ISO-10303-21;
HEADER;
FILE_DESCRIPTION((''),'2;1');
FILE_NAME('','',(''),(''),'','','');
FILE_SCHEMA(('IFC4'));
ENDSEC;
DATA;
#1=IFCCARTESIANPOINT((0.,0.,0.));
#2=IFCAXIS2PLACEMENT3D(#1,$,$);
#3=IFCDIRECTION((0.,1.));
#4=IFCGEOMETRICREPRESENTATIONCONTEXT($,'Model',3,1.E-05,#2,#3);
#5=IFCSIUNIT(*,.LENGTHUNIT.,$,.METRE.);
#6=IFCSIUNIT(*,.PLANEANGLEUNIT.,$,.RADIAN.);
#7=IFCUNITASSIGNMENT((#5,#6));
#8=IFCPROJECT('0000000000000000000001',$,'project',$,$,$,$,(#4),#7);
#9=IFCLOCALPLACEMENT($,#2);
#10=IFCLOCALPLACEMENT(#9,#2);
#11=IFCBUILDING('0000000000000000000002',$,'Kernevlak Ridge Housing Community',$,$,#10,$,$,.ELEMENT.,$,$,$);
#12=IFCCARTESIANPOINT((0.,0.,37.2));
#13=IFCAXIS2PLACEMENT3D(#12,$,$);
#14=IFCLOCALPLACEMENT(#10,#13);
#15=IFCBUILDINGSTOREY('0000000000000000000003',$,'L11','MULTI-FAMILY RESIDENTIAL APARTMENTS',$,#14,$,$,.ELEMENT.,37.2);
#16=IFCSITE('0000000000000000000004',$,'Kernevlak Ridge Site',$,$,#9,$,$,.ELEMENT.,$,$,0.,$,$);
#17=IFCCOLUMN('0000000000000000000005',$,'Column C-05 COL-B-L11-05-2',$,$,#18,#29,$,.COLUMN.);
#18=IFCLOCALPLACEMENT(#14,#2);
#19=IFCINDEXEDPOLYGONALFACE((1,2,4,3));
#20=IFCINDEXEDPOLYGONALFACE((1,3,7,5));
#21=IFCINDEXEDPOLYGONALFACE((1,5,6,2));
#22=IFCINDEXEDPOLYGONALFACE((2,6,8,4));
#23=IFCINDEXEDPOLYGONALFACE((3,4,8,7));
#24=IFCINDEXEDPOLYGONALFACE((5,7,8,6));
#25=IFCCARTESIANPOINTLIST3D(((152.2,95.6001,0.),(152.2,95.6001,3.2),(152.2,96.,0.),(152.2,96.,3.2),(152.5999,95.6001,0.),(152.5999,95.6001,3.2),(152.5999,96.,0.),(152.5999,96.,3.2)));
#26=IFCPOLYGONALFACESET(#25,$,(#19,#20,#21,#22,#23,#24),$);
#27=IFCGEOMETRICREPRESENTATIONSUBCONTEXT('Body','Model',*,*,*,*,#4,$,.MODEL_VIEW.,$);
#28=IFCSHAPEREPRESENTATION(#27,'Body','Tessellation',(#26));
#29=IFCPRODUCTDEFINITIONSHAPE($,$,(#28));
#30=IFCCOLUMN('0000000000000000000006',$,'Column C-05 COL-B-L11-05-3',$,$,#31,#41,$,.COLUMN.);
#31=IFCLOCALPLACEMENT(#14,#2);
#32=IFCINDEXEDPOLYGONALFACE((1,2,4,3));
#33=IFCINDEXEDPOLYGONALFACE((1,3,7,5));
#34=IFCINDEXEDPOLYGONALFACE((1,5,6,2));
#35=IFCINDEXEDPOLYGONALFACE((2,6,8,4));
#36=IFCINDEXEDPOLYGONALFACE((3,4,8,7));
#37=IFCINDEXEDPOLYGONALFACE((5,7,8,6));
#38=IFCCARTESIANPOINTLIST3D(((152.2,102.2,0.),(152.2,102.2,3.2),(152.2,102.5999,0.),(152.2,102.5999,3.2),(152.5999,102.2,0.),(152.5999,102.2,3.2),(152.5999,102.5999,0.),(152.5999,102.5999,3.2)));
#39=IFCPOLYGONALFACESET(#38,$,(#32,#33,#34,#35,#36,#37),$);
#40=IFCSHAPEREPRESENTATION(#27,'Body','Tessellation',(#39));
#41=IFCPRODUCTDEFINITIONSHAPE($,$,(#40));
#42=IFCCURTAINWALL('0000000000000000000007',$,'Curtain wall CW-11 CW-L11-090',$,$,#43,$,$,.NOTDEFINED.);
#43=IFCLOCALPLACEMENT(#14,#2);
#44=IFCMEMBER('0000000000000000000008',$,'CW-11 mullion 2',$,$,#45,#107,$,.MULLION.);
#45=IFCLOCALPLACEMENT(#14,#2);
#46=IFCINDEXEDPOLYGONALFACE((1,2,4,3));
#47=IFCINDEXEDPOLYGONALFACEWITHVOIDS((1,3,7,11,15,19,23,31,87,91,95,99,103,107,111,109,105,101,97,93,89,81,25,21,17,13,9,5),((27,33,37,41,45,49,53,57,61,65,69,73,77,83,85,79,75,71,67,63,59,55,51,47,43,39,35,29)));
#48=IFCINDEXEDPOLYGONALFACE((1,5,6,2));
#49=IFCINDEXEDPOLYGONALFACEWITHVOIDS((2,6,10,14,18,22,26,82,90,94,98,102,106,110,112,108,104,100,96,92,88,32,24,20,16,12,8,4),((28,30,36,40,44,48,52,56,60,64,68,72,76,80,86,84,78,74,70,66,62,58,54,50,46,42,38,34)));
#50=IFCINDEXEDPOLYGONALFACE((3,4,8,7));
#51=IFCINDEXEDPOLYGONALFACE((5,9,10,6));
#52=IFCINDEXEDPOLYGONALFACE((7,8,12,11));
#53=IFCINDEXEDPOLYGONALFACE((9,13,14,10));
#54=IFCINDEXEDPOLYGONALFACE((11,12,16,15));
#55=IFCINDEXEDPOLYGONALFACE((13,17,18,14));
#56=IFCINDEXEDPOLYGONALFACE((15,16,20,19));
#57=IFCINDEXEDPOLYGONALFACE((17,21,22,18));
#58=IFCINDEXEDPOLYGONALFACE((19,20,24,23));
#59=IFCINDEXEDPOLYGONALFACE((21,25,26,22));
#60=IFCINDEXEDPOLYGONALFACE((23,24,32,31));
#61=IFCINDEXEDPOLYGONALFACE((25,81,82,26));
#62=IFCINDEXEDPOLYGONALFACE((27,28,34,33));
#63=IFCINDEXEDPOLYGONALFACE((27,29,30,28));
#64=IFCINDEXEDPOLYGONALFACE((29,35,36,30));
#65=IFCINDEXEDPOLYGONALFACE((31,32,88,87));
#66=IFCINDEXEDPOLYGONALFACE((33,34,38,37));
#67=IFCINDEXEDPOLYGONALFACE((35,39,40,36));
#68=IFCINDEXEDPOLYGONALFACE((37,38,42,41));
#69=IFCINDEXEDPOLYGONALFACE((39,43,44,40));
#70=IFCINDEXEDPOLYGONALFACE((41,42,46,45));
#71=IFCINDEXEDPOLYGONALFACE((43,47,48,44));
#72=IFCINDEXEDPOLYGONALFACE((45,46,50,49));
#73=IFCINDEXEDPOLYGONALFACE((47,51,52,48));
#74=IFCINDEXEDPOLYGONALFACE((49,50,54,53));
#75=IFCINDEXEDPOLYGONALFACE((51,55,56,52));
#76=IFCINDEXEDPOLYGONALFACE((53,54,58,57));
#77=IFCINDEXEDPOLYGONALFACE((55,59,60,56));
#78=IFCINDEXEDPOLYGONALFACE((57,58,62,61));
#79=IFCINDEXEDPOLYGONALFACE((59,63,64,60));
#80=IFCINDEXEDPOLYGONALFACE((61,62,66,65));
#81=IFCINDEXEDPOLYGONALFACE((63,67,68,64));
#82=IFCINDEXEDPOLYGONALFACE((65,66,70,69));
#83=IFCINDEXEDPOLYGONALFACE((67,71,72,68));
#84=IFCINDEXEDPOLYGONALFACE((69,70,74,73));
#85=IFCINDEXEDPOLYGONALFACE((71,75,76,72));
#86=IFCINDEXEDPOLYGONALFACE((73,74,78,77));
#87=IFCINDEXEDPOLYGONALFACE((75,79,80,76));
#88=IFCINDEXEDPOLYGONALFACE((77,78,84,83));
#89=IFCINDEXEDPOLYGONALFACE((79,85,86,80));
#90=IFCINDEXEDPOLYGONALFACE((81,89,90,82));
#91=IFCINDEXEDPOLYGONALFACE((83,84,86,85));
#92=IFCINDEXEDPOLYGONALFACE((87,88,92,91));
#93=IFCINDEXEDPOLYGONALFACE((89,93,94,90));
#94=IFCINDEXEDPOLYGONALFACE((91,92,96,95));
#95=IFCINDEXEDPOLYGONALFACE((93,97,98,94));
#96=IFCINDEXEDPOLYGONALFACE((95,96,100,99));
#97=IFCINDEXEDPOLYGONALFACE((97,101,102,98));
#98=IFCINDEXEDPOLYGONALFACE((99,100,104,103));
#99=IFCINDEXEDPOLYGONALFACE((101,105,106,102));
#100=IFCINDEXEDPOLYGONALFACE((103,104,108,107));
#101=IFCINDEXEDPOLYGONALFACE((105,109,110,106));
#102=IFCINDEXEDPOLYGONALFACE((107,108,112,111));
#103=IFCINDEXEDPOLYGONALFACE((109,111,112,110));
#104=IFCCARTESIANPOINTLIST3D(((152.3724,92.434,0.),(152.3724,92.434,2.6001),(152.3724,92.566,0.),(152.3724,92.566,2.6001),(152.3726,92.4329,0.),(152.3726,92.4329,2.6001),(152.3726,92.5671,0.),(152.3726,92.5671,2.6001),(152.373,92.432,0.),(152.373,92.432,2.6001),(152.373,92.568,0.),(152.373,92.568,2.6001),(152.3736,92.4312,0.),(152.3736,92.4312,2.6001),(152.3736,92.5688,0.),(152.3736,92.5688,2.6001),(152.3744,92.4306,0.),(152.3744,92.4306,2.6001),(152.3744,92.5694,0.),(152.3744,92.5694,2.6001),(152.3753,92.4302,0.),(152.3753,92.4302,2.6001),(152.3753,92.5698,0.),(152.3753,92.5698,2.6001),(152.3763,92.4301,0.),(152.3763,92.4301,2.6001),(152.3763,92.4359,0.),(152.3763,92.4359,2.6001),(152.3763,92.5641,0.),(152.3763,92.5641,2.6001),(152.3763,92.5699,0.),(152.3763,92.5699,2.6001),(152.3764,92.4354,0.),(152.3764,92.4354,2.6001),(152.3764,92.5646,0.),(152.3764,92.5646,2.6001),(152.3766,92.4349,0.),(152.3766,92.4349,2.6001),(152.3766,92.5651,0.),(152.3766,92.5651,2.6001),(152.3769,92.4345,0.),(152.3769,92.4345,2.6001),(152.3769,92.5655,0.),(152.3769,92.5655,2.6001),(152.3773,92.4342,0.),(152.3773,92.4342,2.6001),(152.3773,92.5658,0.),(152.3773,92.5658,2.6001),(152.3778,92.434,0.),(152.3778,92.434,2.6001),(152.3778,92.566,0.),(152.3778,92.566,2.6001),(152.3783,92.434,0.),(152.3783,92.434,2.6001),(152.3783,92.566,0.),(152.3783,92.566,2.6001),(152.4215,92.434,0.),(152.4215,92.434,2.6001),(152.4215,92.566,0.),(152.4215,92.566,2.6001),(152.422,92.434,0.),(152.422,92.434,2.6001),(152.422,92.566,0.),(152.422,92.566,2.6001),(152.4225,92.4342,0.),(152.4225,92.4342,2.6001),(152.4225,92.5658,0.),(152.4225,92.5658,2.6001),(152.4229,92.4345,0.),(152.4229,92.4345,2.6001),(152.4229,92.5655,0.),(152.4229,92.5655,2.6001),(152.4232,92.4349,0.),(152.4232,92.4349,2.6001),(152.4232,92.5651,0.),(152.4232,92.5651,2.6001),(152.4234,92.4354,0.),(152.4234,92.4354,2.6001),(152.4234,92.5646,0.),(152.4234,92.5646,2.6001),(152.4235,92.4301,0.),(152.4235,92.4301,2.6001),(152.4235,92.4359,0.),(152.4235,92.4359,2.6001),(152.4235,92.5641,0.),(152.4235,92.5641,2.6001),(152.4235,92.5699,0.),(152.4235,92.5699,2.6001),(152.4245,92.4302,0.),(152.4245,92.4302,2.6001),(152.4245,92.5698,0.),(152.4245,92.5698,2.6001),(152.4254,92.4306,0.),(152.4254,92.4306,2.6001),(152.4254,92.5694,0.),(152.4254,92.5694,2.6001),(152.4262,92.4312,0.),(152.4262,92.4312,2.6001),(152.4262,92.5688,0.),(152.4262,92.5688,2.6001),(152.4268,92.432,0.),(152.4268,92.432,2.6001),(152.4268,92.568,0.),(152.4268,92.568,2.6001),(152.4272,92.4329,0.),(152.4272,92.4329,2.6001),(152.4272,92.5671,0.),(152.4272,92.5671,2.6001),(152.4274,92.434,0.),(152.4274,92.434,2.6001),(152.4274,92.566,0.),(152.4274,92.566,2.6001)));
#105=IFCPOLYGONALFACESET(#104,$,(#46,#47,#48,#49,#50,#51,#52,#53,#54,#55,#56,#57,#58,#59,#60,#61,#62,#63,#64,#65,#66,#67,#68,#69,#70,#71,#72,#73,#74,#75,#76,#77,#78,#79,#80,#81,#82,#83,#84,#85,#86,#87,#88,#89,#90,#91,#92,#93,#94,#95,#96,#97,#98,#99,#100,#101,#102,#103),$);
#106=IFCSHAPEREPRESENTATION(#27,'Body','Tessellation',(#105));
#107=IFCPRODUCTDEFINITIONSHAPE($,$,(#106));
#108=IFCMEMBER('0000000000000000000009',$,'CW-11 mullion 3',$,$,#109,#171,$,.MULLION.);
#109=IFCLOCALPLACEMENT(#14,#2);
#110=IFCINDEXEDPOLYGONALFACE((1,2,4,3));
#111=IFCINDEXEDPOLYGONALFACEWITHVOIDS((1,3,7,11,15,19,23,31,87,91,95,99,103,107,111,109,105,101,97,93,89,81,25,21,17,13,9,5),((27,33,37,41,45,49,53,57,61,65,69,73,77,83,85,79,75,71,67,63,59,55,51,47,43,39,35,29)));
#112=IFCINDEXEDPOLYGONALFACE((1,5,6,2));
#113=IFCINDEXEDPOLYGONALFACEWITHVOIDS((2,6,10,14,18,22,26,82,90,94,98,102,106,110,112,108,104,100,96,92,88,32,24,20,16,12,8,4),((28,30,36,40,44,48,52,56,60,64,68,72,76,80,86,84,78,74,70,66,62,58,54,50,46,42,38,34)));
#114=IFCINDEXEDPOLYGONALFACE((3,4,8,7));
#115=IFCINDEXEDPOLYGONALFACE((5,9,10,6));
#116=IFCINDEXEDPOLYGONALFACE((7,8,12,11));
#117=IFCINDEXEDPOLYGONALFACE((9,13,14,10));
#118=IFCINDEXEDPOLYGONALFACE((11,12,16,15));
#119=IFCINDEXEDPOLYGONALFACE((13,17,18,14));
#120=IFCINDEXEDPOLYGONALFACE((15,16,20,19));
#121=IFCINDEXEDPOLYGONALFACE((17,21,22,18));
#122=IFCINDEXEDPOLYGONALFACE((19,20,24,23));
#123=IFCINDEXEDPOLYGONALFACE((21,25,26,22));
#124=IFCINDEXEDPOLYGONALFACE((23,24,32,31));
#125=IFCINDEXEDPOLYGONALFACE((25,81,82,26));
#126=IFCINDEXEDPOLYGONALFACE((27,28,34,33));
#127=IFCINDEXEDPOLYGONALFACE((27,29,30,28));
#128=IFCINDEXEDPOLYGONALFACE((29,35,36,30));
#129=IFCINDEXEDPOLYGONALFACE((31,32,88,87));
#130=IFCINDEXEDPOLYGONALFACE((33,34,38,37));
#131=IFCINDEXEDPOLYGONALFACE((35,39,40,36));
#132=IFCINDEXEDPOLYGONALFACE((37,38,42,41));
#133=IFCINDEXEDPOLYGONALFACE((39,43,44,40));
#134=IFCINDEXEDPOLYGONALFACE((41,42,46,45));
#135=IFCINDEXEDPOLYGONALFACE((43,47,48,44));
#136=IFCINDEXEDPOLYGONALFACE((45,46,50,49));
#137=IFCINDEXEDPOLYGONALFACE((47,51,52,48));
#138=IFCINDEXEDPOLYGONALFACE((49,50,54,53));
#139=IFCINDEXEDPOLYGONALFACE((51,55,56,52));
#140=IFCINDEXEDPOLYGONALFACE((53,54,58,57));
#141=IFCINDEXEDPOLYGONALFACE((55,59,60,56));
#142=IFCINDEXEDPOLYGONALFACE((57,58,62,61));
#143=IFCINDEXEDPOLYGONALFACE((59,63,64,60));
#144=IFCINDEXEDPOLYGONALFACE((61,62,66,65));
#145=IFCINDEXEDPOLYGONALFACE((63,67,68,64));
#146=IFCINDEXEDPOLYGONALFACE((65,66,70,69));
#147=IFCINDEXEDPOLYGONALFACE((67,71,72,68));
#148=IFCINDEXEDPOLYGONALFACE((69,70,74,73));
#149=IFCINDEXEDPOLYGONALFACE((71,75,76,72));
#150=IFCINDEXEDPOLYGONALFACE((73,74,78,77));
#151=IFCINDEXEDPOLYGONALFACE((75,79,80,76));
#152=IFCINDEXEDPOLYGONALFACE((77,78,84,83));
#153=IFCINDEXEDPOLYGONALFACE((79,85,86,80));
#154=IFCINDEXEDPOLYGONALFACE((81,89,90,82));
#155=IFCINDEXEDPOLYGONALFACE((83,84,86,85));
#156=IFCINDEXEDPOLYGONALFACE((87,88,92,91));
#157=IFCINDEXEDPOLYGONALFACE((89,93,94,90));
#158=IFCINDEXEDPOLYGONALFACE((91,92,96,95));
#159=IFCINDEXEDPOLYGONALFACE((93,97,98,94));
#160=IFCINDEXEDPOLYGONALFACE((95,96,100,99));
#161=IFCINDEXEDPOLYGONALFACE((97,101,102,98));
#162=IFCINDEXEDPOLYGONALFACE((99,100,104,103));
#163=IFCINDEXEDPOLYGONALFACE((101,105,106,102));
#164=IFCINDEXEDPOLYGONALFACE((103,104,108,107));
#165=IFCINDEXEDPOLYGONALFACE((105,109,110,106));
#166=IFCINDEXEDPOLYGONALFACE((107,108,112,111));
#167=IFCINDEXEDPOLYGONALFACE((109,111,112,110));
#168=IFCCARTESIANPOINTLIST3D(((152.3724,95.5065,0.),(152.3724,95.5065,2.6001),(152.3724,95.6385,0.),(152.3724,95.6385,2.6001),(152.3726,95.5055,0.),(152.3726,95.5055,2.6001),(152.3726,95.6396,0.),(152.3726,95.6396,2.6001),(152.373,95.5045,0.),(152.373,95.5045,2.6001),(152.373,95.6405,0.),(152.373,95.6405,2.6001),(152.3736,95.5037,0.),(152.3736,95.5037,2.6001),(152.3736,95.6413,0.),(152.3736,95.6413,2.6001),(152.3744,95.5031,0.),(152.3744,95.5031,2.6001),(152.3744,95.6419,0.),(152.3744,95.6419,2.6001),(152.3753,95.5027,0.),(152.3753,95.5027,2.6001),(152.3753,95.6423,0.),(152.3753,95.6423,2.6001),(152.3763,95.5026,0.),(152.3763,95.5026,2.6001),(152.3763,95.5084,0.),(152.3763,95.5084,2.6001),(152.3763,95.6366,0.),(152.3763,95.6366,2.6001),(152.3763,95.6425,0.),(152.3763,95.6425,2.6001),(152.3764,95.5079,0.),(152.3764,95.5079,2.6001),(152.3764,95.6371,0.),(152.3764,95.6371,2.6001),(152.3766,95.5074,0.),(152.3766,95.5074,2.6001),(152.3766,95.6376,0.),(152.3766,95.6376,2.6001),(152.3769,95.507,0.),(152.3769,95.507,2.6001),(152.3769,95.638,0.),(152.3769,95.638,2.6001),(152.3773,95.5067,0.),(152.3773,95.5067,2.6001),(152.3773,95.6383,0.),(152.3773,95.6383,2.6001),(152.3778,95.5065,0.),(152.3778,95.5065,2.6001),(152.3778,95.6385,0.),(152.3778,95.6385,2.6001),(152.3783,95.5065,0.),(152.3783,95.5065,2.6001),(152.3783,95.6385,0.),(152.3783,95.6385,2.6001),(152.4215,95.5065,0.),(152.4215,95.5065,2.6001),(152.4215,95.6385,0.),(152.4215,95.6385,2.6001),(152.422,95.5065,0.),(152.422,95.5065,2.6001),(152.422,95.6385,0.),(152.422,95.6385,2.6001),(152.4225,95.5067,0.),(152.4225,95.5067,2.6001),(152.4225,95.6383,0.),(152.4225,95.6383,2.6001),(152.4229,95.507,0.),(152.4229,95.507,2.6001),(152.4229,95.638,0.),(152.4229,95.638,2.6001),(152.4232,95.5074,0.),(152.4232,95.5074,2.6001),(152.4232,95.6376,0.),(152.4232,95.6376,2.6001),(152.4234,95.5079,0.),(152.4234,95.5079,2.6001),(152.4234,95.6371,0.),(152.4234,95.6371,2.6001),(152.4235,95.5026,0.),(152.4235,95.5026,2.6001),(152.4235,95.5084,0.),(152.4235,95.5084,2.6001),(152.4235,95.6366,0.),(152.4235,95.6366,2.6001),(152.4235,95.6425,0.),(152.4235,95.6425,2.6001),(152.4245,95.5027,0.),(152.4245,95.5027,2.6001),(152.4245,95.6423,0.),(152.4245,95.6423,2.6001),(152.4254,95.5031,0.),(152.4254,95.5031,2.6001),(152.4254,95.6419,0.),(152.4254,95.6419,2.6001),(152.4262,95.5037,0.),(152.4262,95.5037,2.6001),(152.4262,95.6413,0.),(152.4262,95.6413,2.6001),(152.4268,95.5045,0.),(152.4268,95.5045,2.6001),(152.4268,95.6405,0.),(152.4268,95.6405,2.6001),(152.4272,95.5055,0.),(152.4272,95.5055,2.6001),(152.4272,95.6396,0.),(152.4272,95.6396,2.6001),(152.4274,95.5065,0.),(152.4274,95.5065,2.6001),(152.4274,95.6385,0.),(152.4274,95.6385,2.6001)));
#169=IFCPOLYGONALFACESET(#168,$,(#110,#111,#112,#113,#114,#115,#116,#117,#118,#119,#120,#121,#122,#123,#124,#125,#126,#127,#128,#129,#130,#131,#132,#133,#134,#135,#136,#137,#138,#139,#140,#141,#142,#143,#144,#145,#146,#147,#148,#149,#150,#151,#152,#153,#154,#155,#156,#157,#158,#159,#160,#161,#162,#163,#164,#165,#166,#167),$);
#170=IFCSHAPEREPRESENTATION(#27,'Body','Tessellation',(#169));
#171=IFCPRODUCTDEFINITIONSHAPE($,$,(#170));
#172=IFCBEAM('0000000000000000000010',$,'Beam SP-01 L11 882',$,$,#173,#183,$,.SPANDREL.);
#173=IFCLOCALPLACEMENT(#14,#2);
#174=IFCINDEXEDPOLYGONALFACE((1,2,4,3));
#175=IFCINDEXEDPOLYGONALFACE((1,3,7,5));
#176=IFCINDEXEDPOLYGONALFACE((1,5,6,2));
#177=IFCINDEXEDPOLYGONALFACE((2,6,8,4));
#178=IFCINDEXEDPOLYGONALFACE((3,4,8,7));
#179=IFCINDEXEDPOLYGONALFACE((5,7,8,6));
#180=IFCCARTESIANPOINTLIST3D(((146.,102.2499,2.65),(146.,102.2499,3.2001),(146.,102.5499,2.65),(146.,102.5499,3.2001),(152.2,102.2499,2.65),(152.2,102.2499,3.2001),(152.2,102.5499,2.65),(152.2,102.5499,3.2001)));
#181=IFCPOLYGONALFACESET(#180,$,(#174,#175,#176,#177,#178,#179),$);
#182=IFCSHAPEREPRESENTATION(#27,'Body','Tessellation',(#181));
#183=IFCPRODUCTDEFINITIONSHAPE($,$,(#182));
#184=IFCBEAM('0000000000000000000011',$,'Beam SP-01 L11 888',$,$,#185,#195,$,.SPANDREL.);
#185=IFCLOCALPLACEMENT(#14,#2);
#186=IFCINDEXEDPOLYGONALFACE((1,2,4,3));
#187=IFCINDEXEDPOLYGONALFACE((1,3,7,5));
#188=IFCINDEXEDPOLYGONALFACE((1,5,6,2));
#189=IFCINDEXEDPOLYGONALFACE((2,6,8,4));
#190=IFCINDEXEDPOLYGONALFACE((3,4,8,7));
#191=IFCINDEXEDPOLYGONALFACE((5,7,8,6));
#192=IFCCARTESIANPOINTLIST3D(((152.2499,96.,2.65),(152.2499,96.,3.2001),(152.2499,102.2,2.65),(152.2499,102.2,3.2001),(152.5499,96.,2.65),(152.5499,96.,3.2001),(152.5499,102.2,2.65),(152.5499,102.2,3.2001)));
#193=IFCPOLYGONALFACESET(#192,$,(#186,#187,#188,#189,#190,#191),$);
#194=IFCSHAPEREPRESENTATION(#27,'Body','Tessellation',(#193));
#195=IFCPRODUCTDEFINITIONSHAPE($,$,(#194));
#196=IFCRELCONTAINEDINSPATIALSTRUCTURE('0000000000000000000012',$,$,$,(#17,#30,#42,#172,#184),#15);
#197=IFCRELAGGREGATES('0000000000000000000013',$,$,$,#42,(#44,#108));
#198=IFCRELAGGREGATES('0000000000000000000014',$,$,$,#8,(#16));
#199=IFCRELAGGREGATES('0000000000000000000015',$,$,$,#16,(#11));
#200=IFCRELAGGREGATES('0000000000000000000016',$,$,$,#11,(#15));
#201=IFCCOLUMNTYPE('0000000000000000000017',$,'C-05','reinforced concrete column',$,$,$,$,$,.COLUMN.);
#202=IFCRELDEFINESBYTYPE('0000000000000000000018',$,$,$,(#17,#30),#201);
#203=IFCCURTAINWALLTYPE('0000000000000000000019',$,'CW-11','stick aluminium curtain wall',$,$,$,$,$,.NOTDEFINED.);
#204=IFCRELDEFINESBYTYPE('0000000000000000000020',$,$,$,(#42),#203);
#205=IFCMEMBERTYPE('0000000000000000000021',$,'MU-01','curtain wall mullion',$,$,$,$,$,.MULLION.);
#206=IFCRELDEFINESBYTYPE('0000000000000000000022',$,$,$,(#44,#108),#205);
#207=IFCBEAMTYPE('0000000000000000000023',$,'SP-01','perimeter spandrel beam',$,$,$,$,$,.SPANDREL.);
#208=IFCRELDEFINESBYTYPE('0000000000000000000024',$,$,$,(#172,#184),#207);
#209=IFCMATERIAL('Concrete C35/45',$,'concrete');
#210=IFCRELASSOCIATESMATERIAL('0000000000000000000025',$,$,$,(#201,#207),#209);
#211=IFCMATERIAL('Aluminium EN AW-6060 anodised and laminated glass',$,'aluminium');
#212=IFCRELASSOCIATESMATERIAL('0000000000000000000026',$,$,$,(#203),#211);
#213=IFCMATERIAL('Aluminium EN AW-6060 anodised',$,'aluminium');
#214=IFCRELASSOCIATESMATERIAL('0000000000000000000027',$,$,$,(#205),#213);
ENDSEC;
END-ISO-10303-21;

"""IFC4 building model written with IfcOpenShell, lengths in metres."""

from ifc_helpers import new_model, si_unit, direction, frame, origin, origin_2d, place, context, subcontext, project, spatial, rectangle, hollow_rectangle, extrude, material, material_profile, profile_set, type_object, element, aggregate, save


model = new_model("IFC4")

# Units and contexts
model_context = context("Model", 3, precision=1e-05, world=origin(), true_north=direction((0.0, 1.0)))
body_context = subcontext(model_context, "Body", "Model", "MODEL_VIEW")
ifc_project = project(units=[si_unit("LENGTHUNIT", "METRE"), si_unit("PLANEANGLEUNIT", "RADIAN")], contexts=[model_context])

# Site, building, storey
site_placement = place(None, origin())
site = spatial("IfcSite", under=ifc_project, at=site_placement, Name="Kernevlak Ridge Site", CompositionType="ELEMENT", RefElevation=0.0)
building_placement = place(site_placement, origin())
building = spatial("IfcBuilding", under=site, at=building_placement, Name="Kernevlak Ridge Housing Community", CompositionType="ELEMENT")
storey_placement = place(building_placement, frame((0.0, 0.0, 37.2)))
storey = spatial("IfcBuildingStorey", under=building, at=storey_placement, Name="L11", Description="MULTI-FAMILY RESIDENTIAL APARTMENTS", CompositionType="ELEMENT", Elevation=37.2)

# Columns
ifc_material_1 = material(Name="Concrete C35/45", Category="concrete")
ifc_material_profile_1 = material_profile(ifc_material_1, rectangle(XDim=0.3999, YDim=0.3999, at=origin_2d()), Name="RC 400x400")
ifc_profile_set_1 = profile_set([ifc_material_profile_1], Name="Concrete C35/45")
column_type = type_object("IfcColumnType", Name="C-05", Description="reinforced concrete column", PredefinedType="COLUMN", material=ifc_profile_set_1)
for number, where, z_axis, x_axis, name in (
    (1, (152.3999, 95.8, 0.0), (0.0, 0.0, 1.0), (1.0, 0.0, 0.0), "Column C-05 COL-B-L11-05-2"),
    (2, (152.3999, 102.3999, 0.0), (0.0, 0.0, 1.0), (1.0, 0.0, 0.0), "Column C-05 COL-B-L11-05-3"),
):
    element("IfcColumn", number, at=place(storey_placement, frame(where, z_axis=z_axis, x_axis=x_axis)), inside=storey, type_object=column_type, Name=name, PredefinedType="COLUMN", context=body_context, shape_type="SweptSolid", body=[
        extrude(rectangle(XDim=0.3999, YDim=0.3999, at=origin_2d()), origin(), (0.0, 0.0, 1.0), 3.2),
    ])

# Curtain wall, members
ifc_material_2 = material(Name="Aluminium EN AW-6060 anodised and laminated glass", Category="aluminium")
curtain_wall_type = type_object("IfcCurtainWallType", Name="CW-11", Description="stick aluminium curtain wall", PredefinedType="NOTDEFINED", material=ifc_material_2)
curtain_wall_placement = place(storey_placement, origin())
curtain_wall = element("IfcCurtainWall", 3, at=curtain_wall_placement, inside=storey, type_object=curtain_wall_type, Name="Curtain wall CW-11 CW-L11-090", PredefinedType="NOTDEFINED")
ifc_material_3 = material(Name="Aluminium EN AW-6060 anodised", Category="aluminium")
ifc_material_profile_2 = material_profile(ifc_material_3, hollow_rectangle(XDim=0.0549, YDim=0.1399, WallThickness=0.0039, InnerFilletRadius=0.002, OuterFilletRadius=0.0039, at=origin_2d()), Name="ALU 55x140x4")
ifc_profile_set_2 = profile_set([ifc_material_profile_2], Name="Aluminium EN AW-6060 anodised")
member_type_1 = type_object("IfcMemberType", Name="MU-01", Description="curtain wall mullion", PredefinedType="MULLION", material=ifc_profile_set_2)
member_1_placement = place(storey_placement, frame((152.3999, 92.5, 0.0), z_axis=(0.0, 0.0, 1.0), x_axis=(-1.0, 0.0, 0.0)))
member_1 = element("IfcMember", 4, at=member_1_placement, type_object=member_type_1, Name="CW-11 mullion 2", PredefinedType="MULLION", context=body_context, shape_type="SweptSolid", body=[
    extrude(hollow_rectangle(XDim=0.0549, YDim=0.1399, WallThickness=0.0039, InnerFilletRadius=0.002, OuterFilletRadius=0.0039, at=origin_2d()), origin(), (0.0, 0.0, 1.0), 2.6001),
])
member_2_placement = place(storey_placement, frame((152.3999, 95.5725, 0.0), z_axis=(0.0, 0.0, 1.0), x_axis=(-1.0, 0.0, 0.0)))
member_2 = element("IfcMember", 5, at=member_2_placement, type_object=member_type_1, Name="CW-11 mullion 3", PredefinedType="MULLION", context=body_context, shape_type="SweptSolid", body=[
    extrude(hollow_rectangle(XDim=0.0549, YDim=0.1399, WallThickness=0.0039, InnerFilletRadius=0.002, OuterFilletRadius=0.0039, at=origin_2d()), origin(), (0.0, 0.0, 1.0), 2.6001),
])

# Beams
ifc_material_profile_3 = material_profile(ifc_material_1, rectangle(XDim=0.3, YDim=0.55, at=origin_2d()), Name="RC 300x550")
ifc_profile_set_3 = profile_set([ifc_material_profile_3], Name="Concrete C35/45")
beam_type = type_object("IfcBeamType", Name="SP-01", Description="perimeter spandrel beam", PredefinedType="SPANDREL", material=ifc_profile_set_3)
for number, where, z_axis, x_axis, name in (
    (6, (146.0, 102.3999, 2.925), (1.0, 0.0, 0.0), (0.0, 1.0, 0.0), "Beam SP-01 L11 882"),
    (7, (152.3999, 96.0, 2.925), (0.0, 1.0, 0.0), (-1.0, 0.0, 0.0), "Beam SP-01 L11 888"),
):
    element("IfcBeam", number, at=place(storey_placement, frame(where, z_axis=z_axis, x_axis=x_axis)), inside=storey, type_object=beam_type, Name=name, PredefinedType="SPANDREL", context=body_context, shape_type="SweptSolid", body=[
        extrude(rectangle(XDim=0.3, YDim=0.55, at=origin_2d()), origin(), (0.0, 0.0, 1.0), 6.2),
    ])

aggregate(curtain_wall, [member_1, member_2])

save(model, "model.ifc")
